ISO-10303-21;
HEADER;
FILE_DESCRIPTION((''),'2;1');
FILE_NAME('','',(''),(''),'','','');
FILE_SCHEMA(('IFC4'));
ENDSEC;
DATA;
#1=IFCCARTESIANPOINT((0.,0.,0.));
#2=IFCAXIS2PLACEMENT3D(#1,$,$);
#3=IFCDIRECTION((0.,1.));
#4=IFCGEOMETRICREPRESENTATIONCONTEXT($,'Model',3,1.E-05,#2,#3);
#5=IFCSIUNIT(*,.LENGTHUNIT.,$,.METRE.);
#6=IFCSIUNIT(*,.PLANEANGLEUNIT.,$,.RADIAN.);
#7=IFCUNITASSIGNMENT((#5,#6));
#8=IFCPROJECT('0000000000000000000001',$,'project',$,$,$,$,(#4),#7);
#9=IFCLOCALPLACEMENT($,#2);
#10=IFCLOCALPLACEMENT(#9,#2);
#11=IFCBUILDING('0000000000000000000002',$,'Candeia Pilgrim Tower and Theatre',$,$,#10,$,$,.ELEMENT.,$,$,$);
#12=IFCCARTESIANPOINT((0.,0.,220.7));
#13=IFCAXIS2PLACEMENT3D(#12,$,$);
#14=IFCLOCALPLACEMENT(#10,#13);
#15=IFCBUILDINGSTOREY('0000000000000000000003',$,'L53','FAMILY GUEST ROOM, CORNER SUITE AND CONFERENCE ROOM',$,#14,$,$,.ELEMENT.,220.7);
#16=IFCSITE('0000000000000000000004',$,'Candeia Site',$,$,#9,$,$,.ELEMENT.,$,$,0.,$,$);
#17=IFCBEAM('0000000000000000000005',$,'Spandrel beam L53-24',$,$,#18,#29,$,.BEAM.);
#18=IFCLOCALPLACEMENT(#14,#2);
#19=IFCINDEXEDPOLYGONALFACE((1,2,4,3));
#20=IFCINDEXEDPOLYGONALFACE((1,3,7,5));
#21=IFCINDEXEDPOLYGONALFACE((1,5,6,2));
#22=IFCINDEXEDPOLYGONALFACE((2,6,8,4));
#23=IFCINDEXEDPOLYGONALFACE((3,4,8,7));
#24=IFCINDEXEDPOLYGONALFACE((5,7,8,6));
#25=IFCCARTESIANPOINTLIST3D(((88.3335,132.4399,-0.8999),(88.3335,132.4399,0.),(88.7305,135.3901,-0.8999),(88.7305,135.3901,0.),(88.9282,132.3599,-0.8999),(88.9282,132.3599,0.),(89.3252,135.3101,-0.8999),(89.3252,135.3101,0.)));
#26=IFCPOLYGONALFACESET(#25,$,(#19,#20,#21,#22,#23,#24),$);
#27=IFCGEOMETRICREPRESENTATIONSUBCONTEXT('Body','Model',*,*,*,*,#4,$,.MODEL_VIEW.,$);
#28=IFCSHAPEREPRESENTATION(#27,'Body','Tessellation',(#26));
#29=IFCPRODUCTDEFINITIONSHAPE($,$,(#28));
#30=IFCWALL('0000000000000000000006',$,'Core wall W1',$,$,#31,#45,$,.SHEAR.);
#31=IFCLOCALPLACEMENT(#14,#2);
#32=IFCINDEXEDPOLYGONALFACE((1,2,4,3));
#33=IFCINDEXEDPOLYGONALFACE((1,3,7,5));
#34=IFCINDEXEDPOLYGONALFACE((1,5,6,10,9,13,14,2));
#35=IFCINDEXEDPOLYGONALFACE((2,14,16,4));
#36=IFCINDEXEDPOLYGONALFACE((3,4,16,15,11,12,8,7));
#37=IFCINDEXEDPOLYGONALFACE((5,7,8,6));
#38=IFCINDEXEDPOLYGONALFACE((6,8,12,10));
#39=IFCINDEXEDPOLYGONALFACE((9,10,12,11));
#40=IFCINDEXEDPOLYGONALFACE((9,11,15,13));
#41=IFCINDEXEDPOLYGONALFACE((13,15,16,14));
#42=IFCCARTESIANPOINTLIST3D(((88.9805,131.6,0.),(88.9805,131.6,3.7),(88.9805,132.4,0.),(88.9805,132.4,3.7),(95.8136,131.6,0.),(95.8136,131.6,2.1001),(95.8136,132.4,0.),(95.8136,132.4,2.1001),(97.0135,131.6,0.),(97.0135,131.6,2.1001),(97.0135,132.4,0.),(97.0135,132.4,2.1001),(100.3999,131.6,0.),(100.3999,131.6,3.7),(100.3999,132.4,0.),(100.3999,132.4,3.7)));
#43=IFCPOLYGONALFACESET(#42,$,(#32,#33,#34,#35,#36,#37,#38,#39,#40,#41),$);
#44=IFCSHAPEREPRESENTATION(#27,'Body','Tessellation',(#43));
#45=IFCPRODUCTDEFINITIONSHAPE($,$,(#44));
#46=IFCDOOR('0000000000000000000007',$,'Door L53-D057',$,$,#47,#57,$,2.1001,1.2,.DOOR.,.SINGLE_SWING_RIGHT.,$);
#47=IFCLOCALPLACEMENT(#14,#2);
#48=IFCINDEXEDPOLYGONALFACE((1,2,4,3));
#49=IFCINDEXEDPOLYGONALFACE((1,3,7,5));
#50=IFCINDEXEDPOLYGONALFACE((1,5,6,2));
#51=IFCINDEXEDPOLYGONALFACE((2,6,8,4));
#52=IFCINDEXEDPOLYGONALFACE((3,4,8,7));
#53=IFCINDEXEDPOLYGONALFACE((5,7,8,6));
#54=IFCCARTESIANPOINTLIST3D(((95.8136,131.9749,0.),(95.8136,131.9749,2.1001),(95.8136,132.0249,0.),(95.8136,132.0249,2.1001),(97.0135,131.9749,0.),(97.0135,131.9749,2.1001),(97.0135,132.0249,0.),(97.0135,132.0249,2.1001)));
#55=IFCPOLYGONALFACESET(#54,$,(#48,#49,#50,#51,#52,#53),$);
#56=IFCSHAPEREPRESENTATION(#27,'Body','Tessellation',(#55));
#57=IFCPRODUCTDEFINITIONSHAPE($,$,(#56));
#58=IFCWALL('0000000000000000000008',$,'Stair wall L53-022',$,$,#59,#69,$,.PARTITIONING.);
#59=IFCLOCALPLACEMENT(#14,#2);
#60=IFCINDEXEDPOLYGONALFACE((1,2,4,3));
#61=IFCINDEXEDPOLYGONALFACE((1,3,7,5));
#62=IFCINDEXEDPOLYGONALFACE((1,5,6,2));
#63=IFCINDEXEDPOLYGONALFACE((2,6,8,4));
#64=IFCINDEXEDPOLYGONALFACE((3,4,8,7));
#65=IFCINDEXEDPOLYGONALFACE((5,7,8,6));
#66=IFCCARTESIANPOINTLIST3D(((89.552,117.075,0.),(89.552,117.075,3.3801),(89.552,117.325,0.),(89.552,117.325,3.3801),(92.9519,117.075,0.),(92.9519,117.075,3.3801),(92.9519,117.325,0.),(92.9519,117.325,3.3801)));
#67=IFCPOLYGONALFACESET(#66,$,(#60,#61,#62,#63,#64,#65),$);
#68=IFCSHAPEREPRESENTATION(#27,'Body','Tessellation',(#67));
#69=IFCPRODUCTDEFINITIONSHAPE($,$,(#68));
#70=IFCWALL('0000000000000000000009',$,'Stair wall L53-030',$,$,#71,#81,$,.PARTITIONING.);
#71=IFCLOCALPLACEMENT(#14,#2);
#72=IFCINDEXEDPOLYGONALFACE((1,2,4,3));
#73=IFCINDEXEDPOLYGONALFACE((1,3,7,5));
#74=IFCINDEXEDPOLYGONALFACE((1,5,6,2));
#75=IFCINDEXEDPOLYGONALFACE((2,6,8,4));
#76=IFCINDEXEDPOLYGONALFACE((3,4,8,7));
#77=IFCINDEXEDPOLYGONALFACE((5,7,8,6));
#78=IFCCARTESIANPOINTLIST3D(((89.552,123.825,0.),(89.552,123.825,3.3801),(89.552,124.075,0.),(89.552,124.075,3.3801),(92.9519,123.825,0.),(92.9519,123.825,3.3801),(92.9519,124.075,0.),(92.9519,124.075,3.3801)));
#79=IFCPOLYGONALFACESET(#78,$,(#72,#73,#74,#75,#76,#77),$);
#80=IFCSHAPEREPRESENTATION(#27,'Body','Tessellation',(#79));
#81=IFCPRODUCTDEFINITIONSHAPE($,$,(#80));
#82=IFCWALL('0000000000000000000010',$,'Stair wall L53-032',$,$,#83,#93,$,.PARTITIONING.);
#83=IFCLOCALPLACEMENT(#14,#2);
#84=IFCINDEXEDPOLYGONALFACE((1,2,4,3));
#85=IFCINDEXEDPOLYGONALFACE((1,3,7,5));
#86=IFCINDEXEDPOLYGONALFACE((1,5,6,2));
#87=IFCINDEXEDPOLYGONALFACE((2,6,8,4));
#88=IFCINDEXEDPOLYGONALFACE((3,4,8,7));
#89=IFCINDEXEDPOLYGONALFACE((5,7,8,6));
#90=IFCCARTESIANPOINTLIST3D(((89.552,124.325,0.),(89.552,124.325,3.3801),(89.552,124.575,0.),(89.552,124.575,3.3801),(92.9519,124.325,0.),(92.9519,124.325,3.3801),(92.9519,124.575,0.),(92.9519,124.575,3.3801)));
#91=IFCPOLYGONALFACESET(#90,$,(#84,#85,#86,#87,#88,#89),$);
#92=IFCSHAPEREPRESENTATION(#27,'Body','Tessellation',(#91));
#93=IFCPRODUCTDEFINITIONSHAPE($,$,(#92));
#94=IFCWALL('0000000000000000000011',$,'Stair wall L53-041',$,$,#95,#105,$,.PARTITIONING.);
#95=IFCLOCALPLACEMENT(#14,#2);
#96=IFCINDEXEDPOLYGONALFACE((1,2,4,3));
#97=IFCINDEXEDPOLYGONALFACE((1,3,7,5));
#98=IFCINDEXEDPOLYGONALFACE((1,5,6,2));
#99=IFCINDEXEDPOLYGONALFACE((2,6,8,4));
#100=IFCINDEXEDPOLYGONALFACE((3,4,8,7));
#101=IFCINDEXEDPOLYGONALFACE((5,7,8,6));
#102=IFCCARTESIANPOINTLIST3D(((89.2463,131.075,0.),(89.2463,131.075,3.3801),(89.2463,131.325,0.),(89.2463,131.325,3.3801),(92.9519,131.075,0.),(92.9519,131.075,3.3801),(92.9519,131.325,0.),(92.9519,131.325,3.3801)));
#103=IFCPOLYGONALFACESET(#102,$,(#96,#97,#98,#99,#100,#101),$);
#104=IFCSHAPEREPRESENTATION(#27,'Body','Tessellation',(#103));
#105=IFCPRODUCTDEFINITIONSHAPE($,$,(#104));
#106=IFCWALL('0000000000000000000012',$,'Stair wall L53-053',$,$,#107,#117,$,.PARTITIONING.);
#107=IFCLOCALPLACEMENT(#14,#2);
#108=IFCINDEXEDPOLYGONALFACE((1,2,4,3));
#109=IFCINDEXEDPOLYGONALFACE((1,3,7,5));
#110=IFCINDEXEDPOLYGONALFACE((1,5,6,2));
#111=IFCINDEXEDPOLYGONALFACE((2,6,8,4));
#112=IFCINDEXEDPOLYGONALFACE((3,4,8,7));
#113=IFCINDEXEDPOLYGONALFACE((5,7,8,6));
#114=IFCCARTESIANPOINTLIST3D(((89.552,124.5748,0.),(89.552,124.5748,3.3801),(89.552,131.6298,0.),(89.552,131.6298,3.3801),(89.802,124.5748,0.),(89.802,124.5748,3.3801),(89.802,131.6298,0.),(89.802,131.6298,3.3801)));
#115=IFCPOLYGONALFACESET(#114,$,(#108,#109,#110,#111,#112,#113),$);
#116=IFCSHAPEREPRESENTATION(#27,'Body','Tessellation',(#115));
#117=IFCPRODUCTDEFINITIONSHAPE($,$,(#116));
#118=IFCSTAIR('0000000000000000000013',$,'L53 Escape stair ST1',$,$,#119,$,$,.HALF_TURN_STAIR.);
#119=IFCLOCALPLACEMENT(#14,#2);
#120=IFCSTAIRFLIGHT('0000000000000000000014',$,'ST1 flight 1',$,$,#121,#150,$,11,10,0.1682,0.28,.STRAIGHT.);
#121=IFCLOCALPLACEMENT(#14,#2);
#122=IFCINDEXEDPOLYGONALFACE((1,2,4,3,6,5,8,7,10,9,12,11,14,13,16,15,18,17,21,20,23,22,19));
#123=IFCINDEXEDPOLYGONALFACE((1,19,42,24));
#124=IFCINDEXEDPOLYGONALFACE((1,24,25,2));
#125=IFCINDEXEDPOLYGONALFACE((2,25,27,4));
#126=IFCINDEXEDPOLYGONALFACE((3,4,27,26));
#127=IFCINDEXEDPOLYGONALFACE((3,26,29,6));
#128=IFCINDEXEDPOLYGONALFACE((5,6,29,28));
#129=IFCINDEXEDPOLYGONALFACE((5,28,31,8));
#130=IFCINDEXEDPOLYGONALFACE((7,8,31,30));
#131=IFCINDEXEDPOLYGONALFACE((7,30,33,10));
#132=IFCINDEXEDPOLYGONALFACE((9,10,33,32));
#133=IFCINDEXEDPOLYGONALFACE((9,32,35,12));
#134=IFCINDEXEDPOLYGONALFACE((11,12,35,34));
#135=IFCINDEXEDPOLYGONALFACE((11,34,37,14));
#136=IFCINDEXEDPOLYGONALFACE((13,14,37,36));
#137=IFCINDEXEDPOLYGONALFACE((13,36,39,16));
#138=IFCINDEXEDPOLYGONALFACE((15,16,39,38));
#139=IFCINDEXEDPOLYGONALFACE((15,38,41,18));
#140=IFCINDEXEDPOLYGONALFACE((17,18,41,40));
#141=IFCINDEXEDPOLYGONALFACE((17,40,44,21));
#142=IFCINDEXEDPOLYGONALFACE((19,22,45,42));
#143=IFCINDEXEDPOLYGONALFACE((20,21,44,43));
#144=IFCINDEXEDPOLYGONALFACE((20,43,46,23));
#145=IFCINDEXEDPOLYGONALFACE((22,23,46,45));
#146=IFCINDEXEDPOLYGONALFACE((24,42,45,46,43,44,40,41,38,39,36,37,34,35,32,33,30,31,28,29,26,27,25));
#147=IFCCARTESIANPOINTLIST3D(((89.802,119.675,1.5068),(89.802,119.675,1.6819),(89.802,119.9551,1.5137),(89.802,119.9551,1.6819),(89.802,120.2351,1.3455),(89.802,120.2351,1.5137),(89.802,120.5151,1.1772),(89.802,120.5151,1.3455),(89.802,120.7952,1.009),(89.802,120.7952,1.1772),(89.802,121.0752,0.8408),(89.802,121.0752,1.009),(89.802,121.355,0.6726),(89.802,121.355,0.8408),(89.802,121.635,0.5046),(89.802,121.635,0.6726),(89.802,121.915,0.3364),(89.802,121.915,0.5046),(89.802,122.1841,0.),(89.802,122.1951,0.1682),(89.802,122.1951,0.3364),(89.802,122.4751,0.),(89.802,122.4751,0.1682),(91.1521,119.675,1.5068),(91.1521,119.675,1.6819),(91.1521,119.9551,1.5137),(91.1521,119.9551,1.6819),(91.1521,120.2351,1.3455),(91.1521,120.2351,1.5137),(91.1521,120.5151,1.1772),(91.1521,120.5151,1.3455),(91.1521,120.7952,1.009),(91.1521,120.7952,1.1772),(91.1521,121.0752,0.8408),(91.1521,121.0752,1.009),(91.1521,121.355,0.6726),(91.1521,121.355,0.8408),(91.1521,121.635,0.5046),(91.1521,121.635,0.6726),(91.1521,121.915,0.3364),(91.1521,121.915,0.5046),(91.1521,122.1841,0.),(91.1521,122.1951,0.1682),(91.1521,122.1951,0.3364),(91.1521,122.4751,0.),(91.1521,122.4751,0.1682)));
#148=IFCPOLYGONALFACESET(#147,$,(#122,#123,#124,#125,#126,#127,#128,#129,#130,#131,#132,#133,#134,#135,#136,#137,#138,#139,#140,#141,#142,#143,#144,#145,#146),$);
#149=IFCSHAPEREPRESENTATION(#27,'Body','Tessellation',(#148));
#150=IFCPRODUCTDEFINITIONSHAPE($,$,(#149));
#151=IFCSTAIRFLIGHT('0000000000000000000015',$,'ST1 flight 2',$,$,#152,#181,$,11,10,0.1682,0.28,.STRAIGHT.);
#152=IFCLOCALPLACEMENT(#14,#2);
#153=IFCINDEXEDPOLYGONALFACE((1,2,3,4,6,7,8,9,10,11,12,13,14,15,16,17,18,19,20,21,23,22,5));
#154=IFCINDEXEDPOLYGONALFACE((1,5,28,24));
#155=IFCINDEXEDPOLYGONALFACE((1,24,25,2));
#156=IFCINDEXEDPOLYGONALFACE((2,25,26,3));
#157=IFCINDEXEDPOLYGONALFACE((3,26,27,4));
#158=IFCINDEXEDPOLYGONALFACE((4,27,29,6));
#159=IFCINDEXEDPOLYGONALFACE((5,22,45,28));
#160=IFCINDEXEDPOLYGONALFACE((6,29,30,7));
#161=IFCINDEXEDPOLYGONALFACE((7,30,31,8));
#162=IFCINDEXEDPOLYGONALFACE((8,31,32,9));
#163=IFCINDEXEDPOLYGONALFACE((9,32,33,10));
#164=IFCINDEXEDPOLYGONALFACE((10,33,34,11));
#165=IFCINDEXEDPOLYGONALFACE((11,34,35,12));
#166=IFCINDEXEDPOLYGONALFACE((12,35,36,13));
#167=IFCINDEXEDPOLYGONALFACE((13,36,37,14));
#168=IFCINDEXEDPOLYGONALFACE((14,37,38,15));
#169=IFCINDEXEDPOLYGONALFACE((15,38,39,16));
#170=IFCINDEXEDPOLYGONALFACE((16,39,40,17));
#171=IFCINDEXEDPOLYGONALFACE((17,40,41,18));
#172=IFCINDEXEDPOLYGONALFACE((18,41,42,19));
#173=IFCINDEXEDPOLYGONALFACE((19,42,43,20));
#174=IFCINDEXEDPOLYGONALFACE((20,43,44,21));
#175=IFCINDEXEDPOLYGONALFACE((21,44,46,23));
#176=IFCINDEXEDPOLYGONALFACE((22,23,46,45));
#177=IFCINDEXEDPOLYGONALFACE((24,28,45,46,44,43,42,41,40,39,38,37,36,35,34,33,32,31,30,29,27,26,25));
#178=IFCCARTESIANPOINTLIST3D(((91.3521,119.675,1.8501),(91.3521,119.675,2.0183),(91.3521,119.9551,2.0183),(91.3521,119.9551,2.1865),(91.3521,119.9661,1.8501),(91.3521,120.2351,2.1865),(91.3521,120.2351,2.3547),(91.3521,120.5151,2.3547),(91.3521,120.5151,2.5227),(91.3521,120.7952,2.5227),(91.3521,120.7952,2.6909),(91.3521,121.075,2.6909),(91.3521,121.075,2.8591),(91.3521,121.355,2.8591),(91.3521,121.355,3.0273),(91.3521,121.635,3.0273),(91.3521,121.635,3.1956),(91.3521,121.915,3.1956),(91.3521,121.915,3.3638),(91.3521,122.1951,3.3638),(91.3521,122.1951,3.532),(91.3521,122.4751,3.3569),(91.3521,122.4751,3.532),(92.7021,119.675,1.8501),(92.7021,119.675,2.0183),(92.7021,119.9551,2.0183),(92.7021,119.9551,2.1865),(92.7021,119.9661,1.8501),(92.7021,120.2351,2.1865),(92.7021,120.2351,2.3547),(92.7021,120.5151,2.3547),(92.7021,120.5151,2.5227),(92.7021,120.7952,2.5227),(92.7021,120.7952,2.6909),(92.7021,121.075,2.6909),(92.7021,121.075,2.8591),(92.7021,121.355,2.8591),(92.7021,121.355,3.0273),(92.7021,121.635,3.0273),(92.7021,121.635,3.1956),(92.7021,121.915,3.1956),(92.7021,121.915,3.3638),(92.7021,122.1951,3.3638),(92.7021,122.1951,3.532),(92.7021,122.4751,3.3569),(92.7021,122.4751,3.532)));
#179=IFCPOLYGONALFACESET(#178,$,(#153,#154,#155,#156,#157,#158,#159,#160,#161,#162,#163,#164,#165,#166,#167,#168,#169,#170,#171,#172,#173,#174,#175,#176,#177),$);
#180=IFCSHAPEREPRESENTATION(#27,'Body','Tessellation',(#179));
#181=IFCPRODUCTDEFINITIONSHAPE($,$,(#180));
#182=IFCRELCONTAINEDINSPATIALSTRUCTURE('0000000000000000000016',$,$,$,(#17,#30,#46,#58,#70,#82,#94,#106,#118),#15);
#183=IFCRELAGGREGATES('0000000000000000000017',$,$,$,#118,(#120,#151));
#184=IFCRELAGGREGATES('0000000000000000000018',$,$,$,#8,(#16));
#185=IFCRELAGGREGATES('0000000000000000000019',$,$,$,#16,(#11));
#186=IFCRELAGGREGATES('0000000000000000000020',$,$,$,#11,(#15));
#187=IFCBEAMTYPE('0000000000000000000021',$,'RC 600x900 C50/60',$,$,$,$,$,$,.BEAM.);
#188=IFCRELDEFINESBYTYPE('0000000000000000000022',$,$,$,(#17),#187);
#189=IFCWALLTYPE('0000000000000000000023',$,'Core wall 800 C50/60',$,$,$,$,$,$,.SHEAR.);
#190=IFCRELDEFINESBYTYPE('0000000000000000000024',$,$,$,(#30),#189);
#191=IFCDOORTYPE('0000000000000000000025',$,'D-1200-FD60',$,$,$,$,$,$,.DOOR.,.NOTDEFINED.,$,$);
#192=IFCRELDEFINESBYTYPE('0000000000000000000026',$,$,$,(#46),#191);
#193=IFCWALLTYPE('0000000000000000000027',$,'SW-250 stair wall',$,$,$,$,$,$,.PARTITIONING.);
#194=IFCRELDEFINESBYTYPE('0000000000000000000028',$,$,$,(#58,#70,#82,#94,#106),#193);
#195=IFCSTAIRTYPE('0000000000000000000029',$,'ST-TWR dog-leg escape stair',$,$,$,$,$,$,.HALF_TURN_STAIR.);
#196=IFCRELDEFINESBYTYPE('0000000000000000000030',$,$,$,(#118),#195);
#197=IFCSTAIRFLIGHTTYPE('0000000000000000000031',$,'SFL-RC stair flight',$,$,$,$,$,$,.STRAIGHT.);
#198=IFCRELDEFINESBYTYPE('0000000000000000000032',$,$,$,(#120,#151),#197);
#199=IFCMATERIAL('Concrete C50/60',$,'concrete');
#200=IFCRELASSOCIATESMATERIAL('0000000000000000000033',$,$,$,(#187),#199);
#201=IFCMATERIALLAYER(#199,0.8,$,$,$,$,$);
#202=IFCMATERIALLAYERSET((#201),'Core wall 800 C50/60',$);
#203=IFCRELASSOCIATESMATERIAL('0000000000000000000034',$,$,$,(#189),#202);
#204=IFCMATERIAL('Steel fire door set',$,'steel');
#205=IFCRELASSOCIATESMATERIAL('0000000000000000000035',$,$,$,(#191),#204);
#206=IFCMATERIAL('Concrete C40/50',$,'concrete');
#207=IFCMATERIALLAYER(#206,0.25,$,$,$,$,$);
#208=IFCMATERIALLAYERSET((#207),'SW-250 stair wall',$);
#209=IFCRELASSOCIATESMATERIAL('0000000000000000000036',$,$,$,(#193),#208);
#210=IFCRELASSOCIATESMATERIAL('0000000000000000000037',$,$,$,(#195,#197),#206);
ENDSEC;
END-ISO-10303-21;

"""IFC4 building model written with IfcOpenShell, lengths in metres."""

from ifc_helpers import new_model, si_unit, direction, frame, frame_2d, origin, origin_2d, place, context, subcontext, project, spatial, polyline, rectangle, outline, extrude, material, layer, layer_set, material_profile, profile_set, type_object, element, fill, aggregate, save


model = new_model("IFC4")

# Units and contexts
model_context = context("Model", 3, precision=1e-05, world=origin(), true_north=direction((0.0, 1.0)))
body_context = subcontext(model_context, "Body", "Model", "MODEL_VIEW")
ifc_project = project(units=[si_unit("LENGTHUNIT", "METRE"), si_unit("PLANEANGLEUNIT", "RADIAN")], contexts=[model_context])

# Site, building, storey
site_placement = place(None, origin())
site = spatial("IfcSite", under=ifc_project, at=site_placement, Name="Candeia Site", CompositionType="ELEMENT", RefElevation=0.0)
building_placement = place(site_placement, origin())
building = spatial("IfcBuilding", under=site, at=building_placement, Name="Candeia Pilgrim Tower and Theatre", CompositionType="ELEMENT")
storey_placement = place(building_placement, frame((0.0, 0.0, 220.7)))
storey = spatial("IfcBuildingStorey", under=building, at=storey_placement, Name="L53", Description="FAMILY GUEST ROOM, CORNER SUITE AND CONFERENCE ROOM", CompositionType="ELEMENT", Elevation=220.7)

# Beam
ifc_material_1 = material(Name="Concrete C50/60", Category="concrete")
ifc_material_profile = material_profile(ifc_material_1, rectangle(XDim=0.6001, YDim=0.8999, at=origin_2d()))
ifc_profile_set = profile_set([ifc_material_profile], Name="Concrete C50/60")
beam_type = type_object("IfcBeamType", Name="RC 600x900 C50/60", PredefinedType="BEAM", material=ifc_profile_set)
beam_placement = place(storey_placement, frame((89.0278, 135.3501, -0.45), z_axis=(-0.133356, -0.991068, 0.0), x_axis=(0.991068, -0.133356, 0.0)))
element("IfcBeam", 1, at=beam_placement, inside=storey, type_object=beam_type, Name="Spandrel beam L53-24", PredefinedType="BEAM", context=body_context, shape_type="SweptSolid", body=[
    extrude(rectangle(XDim=0.6001, YDim=0.8999, at=origin_2d()), origin(), (0.0, 0.0, 1.0), 2.9768),
])

# Wall, opening, door
ifc_layer_1 = layer(ifc_material_1, 0.8)
ifc_layer_set_1 = layer_set([ifc_layer_1], Name="Core wall 800 C50/60")
wall_type_1 = type_object("IfcWallType", Name="Core wall 800 C50/60", PredefinedType="SHEAR", material=ifc_layer_set_1)
wall_1_placement = place(storey_placement, frame((88.9805, 132.0, 0.0), z_axis=(0.0, 0.0, 1.0), x_axis=(1.0, 0.0, 0.0)))
wall_1 = element("IfcWall", 2, at=wall_1_placement, inside=storey, type_object=wall_type_1, Name="Core wall W1", PredefinedType="SHEAR", context=body_context, shape_type="SweptSolid", body=[
    extrude(rectangle(XDim=11.4194, YDim=0.8, at=frame_2d((5.7097, 0.0))), origin(), (0.0, 0.0, 1.0), 3.7),
])
opening_placement = place(wall_1_placement, frame((6.833, 0.0, 0.0)))
opening = element("IfcOpeningElement", 3, at=opening_placement, cuts=wall_1, PredefinedType="OPENING", context=body_context, shape_type="SweptSolid", body=[
    extrude(rectangle(XDim=1.2, YDim=2.1001, at=frame_2d((0.6001, 1.05))), frame((0.0, 0.4102, 0.0), z_axis=(0.0, -1.0, 0.0), x_axis=(1.0, 0.0, 0.0)), (0.0, 0.0, 1.0), 0.8201),
])
ifc_material_2 = material(Name="Steel fire door set", Category="steel")
door_type = type_object("IfcDoorType", Name="D-1200-FD60", OperationType="NOTDEFINED", PredefinedType="DOOR", material=ifc_material_2)
door_placement = place(opening_placement, origin())
door = element("IfcDoor", 4, at=door_placement, inside=storey, type_object=door_type, Name="Door L53-D057", OperationType="SINGLE_SWING_RIGHT", OverallHeight=2.1001, OverallWidth=1.2, PredefinedType="DOOR", context=body_context, shape_type="SweptSolid", body=[
    extrude(rectangle(XDim=1.2, YDim=2.1001, at=frame_2d((0.6001, 1.05))), frame((0.0, 0.0249, 0.0), z_axis=(0.0, -1.0, 0.0), x_axis=(1.0, 0.0, 0.0)), (0.0, 0.0, 1.0), 0.05),
])
fill(opening, door)

# Walls
ifc_material_3 = material(Name="Concrete C40/50", Category="concrete")
ifc_layer_2 = layer(ifc_material_3, 0.25)
ifc_layer_set_2 = layer_set([ifc_layer_2], Name="SW-250 stair wall")
wall_type_2 = type_object("IfcWallType", Name="SW-250 stair wall", PredefinedType="PARTITIONING", material=ifc_layer_set_2)
for number, where, z_axis, x_axis, name in (
    (5, (89.552, 117.2, 0.0), (0.0, 0.0, 1.0), (1.0, 0.0, 0.0), "Stair wall L53-022"),
    (6, (89.552, 123.95, 0.0), (0.0, 0.0, 1.0), (1.0, 0.0, 0.0), "Stair wall L53-030"),
    (7, (89.552, 124.45, 0.0), (0.0, 0.0, 1.0), (1.0, 0.0, 0.0), "Stair wall L53-032"),
):
    element("IfcWall", number, at=place(storey_placement, frame(where, z_axis=z_axis, x_axis=x_axis)), inside=storey, type_object=wall_type_2, Name=name, PredefinedType="PARTITIONING", context=body_context, shape_type="SweptSolid", body=[
        extrude(rectangle(XDim=3.3999, YDim=0.25, at=frame_2d((1.7, 0.0))), origin(), (0.0, 0.0, 1.0), 3.3801),
    ])
wall_2_placement = place(storey_placement, frame((89.2463, 131.2, 0.0), z_axis=(0.0, 0.0, 1.0), x_axis=(1.0, 0.0, 0.0)))
element("IfcWall", 8, at=wall_2_placement, inside=storey, type_object=wall_type_2, Name="Stair wall L53-041", PredefinedType="PARTITIONING", context=body_context, shape_type="SweptSolid", body=[
    extrude(rectangle(XDim=3.7056, YDim=0.25, at=frame_2d((1.8528, 0.0))), origin(), (0.0, 0.0, 1.0), 3.3801),
])
wall_3_placement = place(storey_placement, frame((89.677, 124.575, 0.0), z_axis=(0.0, 0.0, 1.0), x_axis=(0.0, 1.0, 0.0)))
element("IfcWall", 9, at=wall_3_placement, inside=storey, type_object=wall_type_2, Name="Stair wall L53-053", PredefinedType="PARTITIONING", context=body_context, shape_type="SweptSolid", body=[
    extrude(rectangle(XDim=7.0549, YDim=0.25, at=frame_2d((3.5273, 0.0))), origin(), (0.0, 0.0, 1.0), 3.3801),
])

# Stair, stair flights
stair_type = type_object("IfcStairType", Name="ST-TWR dog-leg escape stair", PredefinedType="HALF_TURN_STAIR", material=ifc_material_3)
stair_1_placement = place(storey_placement, origin())
stair_1 = element("IfcStair", 10, at=stair_1_placement, inside=storey, type_object=stair_type, Name="L53 Escape stair ST1", PredefinedType="HALF_TURN_STAIR")
stair_flight_type = type_object("IfcStairFlightType", Name="SFL-RC stair flight", PredefinedType="STRAIGHT", material=ifc_material_3)
stair_flight_1_placement = place(storey_placement, frame((90.4771, 122.4751, 0.0), z_axis=(0.0, 0.0, 1.0), x_axis=(0.0, -1.0, 0.0)))
stair_flight_1 = element("IfcStairFlight", 11, at=stair_flight_1_placement, type_object=stair_flight_type, Name="ST1 flight 1", NumberOfRisers=11, NumberOfTreads=10, PredefinedType="STRAIGHT", RiserHeight=0.1682, TreadLength=0.28, context=body_context, shape_type="SweptSolid", body=[
    extrude(outline(polyline([(0.0, 0.0), (0.0, 0.1682), (0.28, 0.1682), (0.28, 0.3364), (0.5601, 0.3364), (0.5601, 0.5046), (0.8401, 0.5046), (0.8401, 0.6726), (1.1201, 0.6726), (1.1201, 0.8408), (1.3999, 0.8408), (1.3999, 1.009), (1.6799, 1.009), (1.6799, 1.1772), (1.96, 1.1772), (1.96, 1.3455), (2.24, 1.3455), (2.24, 1.5137), (2.52, 1.5137), (2.52, 1.6819), (2.8, 1.6819), (2.8, 1.8501), (2.8, 1.5068), (0.291, 0.0), (0.0, 0.0)])), frame((0.0, 0.675, 0.0), z_axis=(0.0, -1.0, 0.0), x_axis=(1.0, 0.0, 0.0)), (0.0, 0.0, 1.0), 1.3501),
])
stair_flight_2_placement = place(storey_placement, frame((92.0271, 119.675, 1.8501), z_axis=(0.0, 0.0, 1.0), x_axis=(0.0, 1.0, 0.0)))
stair_flight_2 = element("IfcStairFlight", 12, at=stair_flight_2_placement, type_object=stair_flight_type, Name="ST1 flight 2", NumberOfRisers=11, NumberOfTreads=10, PredefinedType="STRAIGHT", RiserHeight=0.1682, TreadLength=0.28, context=body_context, shape_type="SweptSolid", body=[
    extrude(outline(polyline([(0.0, 0.0), (0.0, 0.1682), (0.28, 0.1682), (0.28, 0.3364), (0.5601, 0.3364), (0.5601, 0.5046), (0.8401, 0.5046), (0.8401, 0.6726), (1.1201, 0.6726), (1.1201, 0.8408), (1.3999, 0.8408), (1.3999, 1.009), (1.6799, 1.009), (1.6799, 1.1772), (1.96, 1.1772), (1.96, 1.3455), (2.24, 1.3455), (2.24, 1.5137), (2.52, 1.5137), (2.52, 1.6819), (2.8, 1.6819), (2.8, 1.8501), (2.8, 1.5068), (0.291, 0.0), (0.0, 0.0)])), frame((0.0, 0.675, 0.0), z_axis=(0.0, -1.0, 0.0), x_axis=(1.0, 0.0, 0.0)), (0.0, 0.0, 1.0), 1.3501),
])
aggregate(stair_1, [stair_flight_1, stair_flight_2])

save(model, "model.ifc")
